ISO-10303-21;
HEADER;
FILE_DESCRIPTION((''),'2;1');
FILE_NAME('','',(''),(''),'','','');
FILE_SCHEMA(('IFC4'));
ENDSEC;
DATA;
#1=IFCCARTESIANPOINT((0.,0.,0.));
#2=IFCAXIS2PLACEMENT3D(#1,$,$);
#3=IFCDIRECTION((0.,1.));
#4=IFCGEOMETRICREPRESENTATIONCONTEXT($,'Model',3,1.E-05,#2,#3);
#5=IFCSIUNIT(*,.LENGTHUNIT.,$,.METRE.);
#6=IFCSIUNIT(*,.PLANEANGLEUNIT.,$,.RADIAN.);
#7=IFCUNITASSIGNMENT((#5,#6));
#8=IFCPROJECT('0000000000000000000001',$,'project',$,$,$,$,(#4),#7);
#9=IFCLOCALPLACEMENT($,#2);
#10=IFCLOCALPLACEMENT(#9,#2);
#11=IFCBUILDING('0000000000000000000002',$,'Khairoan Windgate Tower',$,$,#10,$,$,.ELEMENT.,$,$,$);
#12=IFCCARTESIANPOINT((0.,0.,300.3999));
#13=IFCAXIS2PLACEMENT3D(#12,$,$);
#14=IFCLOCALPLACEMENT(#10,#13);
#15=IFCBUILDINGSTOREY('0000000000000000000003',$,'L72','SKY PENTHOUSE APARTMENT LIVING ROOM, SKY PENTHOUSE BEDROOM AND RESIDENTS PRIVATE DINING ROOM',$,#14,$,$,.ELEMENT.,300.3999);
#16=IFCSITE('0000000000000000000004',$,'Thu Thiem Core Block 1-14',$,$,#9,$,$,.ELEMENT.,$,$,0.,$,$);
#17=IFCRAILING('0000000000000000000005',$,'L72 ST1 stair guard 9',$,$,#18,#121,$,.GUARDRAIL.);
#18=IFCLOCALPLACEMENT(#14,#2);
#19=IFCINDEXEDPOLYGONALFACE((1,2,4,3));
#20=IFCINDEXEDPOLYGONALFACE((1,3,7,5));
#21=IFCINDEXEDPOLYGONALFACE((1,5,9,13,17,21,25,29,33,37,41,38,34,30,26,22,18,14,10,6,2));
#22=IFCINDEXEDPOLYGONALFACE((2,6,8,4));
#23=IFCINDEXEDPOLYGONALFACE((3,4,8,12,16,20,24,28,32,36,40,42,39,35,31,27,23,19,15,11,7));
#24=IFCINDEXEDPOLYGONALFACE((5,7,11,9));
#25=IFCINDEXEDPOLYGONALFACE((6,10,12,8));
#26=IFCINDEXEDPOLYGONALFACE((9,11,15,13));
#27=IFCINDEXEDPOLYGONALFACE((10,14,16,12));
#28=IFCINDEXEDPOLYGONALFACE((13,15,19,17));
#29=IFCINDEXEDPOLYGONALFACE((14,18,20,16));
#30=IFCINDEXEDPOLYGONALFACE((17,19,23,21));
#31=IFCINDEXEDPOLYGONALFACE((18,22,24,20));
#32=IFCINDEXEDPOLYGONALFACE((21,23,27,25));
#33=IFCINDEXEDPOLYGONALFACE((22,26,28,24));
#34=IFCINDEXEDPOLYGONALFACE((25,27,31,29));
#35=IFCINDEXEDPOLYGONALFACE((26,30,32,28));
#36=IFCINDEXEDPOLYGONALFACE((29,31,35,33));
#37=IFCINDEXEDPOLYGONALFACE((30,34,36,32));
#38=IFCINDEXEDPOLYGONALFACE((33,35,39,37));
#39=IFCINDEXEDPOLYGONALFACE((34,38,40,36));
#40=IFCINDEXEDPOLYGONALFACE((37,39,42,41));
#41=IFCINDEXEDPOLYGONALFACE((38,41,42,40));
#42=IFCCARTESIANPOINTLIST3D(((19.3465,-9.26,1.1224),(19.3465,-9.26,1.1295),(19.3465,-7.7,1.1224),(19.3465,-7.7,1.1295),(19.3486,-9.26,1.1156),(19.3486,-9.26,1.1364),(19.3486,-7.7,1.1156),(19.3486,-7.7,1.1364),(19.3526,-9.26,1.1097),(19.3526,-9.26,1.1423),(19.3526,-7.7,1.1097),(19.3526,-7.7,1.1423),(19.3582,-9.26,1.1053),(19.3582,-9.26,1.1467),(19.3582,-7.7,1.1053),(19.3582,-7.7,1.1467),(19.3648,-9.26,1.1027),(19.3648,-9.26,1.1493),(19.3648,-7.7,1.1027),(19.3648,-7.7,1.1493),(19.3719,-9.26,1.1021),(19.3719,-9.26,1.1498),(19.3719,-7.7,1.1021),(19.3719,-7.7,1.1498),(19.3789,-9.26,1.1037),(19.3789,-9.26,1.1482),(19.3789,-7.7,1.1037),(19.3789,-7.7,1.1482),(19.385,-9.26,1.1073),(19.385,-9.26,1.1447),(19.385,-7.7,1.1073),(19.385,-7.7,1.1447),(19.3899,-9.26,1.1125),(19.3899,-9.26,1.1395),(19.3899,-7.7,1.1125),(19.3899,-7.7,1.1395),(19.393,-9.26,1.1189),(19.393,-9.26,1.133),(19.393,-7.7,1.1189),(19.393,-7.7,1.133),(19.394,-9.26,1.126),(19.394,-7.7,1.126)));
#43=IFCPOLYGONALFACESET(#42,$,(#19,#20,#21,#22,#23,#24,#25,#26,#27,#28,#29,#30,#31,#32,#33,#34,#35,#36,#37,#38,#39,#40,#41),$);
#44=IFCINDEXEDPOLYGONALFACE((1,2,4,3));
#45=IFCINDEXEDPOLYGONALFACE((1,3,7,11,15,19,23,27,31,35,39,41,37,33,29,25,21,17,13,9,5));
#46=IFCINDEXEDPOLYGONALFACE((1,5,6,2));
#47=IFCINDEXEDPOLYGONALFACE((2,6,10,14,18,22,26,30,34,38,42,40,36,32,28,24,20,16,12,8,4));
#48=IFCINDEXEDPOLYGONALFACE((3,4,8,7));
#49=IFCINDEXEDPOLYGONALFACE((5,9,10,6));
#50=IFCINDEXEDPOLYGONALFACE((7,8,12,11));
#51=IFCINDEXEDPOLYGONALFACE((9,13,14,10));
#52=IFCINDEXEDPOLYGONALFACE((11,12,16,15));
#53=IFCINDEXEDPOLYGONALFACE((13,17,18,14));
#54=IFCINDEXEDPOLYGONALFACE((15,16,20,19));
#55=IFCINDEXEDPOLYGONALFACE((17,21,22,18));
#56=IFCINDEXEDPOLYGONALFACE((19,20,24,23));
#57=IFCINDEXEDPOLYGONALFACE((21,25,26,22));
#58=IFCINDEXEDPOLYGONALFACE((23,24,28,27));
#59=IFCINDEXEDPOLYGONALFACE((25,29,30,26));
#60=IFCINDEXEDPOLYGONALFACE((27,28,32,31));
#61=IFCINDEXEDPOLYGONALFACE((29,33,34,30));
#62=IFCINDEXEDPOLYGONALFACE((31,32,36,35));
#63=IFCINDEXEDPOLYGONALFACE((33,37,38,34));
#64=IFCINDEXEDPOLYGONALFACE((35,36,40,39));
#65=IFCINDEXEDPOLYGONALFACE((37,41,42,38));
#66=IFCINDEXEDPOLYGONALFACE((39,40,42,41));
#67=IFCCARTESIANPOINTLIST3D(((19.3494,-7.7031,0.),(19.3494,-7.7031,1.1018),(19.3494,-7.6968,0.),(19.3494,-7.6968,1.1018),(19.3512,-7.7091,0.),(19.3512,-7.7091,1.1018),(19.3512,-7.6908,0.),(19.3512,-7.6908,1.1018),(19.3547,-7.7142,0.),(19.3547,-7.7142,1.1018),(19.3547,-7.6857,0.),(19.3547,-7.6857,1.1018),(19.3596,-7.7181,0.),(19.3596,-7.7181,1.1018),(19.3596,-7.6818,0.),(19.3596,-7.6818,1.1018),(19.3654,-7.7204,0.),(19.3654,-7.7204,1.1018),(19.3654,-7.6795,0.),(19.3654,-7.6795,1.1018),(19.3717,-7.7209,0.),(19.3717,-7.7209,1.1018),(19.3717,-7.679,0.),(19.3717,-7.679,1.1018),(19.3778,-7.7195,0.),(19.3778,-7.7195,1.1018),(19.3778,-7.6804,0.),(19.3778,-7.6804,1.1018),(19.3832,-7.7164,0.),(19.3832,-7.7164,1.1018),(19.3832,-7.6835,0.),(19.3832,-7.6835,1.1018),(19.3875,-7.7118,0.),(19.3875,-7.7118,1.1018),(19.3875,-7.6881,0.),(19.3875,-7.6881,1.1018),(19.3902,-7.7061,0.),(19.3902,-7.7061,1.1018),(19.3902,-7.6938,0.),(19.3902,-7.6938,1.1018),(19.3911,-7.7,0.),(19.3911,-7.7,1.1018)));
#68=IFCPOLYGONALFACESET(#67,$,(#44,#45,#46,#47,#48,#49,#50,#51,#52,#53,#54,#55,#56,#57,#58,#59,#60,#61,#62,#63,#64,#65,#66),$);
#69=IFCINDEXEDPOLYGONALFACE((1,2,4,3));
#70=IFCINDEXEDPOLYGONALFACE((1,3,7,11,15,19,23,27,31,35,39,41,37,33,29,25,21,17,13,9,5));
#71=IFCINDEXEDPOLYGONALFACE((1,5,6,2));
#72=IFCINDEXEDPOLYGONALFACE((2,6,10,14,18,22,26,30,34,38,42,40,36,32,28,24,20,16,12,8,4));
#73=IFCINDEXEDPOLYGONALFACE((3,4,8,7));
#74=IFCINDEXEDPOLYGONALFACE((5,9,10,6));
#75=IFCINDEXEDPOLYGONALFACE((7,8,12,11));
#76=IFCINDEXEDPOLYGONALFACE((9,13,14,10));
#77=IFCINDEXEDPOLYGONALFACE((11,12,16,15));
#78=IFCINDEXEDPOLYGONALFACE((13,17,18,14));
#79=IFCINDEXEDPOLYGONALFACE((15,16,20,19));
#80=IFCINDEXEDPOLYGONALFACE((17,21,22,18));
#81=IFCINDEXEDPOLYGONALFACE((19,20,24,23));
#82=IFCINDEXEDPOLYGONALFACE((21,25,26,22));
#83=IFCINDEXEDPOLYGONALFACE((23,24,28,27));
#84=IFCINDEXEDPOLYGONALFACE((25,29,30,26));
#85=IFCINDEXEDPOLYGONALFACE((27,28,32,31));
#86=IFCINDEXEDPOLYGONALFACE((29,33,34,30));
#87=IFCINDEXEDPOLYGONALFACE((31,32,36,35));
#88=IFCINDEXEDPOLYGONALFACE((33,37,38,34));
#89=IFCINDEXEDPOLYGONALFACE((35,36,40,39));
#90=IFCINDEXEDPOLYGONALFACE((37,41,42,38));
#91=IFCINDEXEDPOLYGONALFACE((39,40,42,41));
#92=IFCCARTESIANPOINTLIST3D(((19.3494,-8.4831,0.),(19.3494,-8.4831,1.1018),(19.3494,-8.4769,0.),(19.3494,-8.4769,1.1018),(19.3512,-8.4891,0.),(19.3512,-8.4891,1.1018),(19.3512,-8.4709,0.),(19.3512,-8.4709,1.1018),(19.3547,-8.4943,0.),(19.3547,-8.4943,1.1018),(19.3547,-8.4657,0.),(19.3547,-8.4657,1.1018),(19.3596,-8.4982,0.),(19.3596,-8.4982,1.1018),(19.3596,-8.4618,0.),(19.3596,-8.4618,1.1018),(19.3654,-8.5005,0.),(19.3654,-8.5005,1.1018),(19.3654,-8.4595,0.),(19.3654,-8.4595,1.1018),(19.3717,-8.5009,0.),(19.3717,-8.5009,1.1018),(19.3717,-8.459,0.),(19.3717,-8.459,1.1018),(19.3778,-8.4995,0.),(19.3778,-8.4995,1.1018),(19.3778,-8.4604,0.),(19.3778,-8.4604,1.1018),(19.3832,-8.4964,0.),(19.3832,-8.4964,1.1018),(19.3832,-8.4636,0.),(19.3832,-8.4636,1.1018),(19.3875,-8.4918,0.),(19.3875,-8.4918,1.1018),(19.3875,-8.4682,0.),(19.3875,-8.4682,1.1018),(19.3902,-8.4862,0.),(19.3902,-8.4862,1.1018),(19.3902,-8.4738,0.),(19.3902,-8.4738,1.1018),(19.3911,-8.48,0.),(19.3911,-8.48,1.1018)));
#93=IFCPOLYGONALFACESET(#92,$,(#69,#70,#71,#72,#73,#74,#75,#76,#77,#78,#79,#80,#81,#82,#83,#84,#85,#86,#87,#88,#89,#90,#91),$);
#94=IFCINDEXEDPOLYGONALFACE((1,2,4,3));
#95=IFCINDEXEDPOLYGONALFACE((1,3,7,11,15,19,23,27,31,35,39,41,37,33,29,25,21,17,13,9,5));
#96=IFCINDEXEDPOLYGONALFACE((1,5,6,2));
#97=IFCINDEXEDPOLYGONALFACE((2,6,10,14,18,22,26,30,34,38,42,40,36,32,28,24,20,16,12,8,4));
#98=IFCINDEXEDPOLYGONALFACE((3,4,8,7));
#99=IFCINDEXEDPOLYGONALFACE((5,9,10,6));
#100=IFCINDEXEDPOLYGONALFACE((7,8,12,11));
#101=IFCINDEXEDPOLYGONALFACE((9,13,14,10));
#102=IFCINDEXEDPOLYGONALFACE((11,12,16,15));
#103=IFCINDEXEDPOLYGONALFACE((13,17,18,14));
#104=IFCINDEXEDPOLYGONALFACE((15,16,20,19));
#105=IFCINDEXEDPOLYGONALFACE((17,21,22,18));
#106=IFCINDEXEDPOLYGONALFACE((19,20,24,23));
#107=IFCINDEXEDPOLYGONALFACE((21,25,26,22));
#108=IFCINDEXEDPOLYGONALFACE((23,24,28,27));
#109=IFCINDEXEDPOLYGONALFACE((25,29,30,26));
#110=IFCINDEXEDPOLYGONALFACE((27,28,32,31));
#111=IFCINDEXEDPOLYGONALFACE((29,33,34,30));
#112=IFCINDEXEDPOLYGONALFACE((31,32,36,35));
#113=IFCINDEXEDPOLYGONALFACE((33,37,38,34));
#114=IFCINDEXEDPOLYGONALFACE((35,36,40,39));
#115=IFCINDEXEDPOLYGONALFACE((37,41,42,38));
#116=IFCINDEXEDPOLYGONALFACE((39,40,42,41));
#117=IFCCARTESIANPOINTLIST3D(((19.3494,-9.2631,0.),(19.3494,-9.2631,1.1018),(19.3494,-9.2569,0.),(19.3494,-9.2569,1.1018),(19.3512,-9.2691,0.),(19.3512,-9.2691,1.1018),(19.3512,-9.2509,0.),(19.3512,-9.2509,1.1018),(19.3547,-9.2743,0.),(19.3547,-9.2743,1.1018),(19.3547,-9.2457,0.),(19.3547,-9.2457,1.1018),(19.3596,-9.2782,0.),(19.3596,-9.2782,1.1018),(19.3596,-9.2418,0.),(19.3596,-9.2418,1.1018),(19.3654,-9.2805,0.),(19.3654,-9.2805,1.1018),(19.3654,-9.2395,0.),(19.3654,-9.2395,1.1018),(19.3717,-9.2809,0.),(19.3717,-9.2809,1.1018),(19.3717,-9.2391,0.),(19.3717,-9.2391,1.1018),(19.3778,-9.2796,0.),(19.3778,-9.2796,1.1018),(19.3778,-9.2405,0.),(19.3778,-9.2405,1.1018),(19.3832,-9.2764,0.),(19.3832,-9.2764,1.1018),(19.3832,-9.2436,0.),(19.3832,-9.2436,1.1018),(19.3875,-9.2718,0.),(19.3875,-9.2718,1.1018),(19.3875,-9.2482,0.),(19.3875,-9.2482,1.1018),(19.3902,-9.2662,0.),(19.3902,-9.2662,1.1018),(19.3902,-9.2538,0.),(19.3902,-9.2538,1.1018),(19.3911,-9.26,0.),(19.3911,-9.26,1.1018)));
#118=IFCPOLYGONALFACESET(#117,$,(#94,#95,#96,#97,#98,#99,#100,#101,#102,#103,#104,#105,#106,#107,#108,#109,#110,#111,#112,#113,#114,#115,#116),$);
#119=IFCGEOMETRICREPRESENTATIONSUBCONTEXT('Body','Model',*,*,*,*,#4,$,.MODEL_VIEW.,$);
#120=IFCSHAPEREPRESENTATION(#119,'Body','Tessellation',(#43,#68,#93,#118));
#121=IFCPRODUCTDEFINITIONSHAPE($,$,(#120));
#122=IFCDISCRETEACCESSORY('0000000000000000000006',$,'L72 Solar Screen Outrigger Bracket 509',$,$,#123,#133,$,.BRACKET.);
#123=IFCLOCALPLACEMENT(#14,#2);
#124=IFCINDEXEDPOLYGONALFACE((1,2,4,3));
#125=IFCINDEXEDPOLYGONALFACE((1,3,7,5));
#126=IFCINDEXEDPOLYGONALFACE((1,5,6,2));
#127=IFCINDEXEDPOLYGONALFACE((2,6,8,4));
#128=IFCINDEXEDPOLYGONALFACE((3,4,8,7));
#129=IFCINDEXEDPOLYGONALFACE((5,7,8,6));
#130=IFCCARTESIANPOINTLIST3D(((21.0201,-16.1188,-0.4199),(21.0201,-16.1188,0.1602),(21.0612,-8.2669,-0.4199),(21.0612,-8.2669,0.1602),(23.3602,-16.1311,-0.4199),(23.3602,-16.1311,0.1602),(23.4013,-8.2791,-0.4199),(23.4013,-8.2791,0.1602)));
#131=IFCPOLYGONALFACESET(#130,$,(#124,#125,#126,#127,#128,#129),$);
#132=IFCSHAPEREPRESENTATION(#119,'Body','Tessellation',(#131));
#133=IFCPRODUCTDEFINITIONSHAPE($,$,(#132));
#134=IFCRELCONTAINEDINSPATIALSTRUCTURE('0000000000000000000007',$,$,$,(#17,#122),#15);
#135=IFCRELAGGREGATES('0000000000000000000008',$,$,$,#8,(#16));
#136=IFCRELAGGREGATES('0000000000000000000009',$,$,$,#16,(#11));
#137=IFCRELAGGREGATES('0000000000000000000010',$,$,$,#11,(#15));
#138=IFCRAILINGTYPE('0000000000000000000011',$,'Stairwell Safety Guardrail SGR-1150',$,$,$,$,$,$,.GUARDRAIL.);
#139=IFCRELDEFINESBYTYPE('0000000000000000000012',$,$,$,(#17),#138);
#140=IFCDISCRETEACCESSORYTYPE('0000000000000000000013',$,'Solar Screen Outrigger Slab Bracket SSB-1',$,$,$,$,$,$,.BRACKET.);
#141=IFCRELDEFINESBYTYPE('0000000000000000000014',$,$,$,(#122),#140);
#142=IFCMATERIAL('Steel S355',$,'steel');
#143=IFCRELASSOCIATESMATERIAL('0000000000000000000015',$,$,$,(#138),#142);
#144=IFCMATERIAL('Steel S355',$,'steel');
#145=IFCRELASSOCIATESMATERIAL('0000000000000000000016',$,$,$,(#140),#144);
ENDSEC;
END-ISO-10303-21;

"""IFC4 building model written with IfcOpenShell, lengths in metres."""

from ifc_helpers import new_model, si_unit, direction, frame, origin, origin_2d, place, context, subcontext, project, spatial, rectangle, circle, extrude, material, type_object, element, save


model = new_model("IFC4")

# Units and contexts
model_context = context("Model", 3, precision=1e-05, world=origin(), true_north=direction((0.0, 1.0)))
body_context = subcontext(model_context, "Body", "Model", "MODEL_VIEW")
ifc_project = project(units=[si_unit("LENGTHUNIT", "METRE"), si_unit("PLANEANGLEUNIT", "RADIAN")], contexts=[model_context])

# Site, building, storey
site_placement = place(None, origin())
site = spatial("IfcSite", under=ifc_project, at=site_placement, Name="Thu Thiem Core Block 1-14", CompositionType="ELEMENT", RefElevation=0.0)
building_placement = place(site_placement, origin())
building = spatial("IfcBuilding", under=site, at=building_placement, Name="Khairoan Windgate Tower", CompositionType="ELEMENT")
storey_placement = place(building_placement, frame((0.0, 0.0, 300.3999)))
storey = spatial("IfcBuildingStorey", under=building, at=storey_placement, Name="L72", Description="SKY PENTHOUSE APARTMENT LIVING ROOM, SKY PENTHOUSE BEDROOM AND RESIDENTS PRIVATE DINING ROOM", CompositionType="ELEMENT", Elevation=300.3999)

# Railing
ifc_material_1 = material(Name="Steel S355", Category="steel")
railing_type_1 = type_object("IfcRailingType", Name="Stairwell Safety Guardrail SGR-1150", PredefinedType="GUARDRAIL", material=ifc_material_1)
for number, where, name in (
    (1, (19.3701, -7.7, 0.0), "L72 ST1 stair guard 9"),
):
    element("IfcRailing", number, at=place(storey_placement, frame(where)), inside=storey, type_object=railing_type_1, Name=name, PredefinedType="GUARDRAIL", context=body_context, shape_type="SweptSolid", body=[
        extrude(circle(Radius=0.0239, at=origin_2d()), frame((0.0, 0.0, 1.126), z_axis=(0.0, -1.0, 0.0), x_axis=(1.0, 0.0, 0.0)), (0.0, 0.0, 1.0), 1.5601),
        extrude(circle(Radius=0.021, at=origin_2d()), origin(), (0.0, 0.0, 1.0), 1.1018),
        extrude(circle(Radius=0.021, at=origin_2d()), frame((0.0, -0.78, 0.0)), (0.0, 0.0, 1.0), 1.1018),
        extrude(circle(Radius=0.021, at=origin_2d()), frame((0.0, -1.5601, 0.0)), (0.0, 0.0, 1.0), 1.1018),
    ])

# Discrete accessory
ifc_material_2 = material(Name="Steel S355", Category="steel")
discrete_accessory_type = type_object("IfcDiscreteAccessoryType", Name="Solar Screen Outrigger Slab Bracket SSB-1", PredefinedType="BRACKET", material=ifc_material_2)
discrete_accessory_placement = place(storey_placement, frame((22.2107, -12.199, -0.4199), z_axis=(0.0, 0.0, 1.0), x_axis=(-0.005236, -0.999986, 0.0)))
element("IfcDiscreteAccessory", 2, at=discrete_accessory_placement, inside=storey, type_object=discrete_accessory_type, Name="L72 Solar Screen Outrigger Bracket 509", PredefinedType="BRACKET", context=body_context, shape_type="SweptSolid", body=[
    extrude(rectangle(XDim=7.8521, YDim=2.3401, at=origin_2d()), origin(), (0.0, 0.0, 1.0), 0.5801),
])

save(model, "model.ifc")
